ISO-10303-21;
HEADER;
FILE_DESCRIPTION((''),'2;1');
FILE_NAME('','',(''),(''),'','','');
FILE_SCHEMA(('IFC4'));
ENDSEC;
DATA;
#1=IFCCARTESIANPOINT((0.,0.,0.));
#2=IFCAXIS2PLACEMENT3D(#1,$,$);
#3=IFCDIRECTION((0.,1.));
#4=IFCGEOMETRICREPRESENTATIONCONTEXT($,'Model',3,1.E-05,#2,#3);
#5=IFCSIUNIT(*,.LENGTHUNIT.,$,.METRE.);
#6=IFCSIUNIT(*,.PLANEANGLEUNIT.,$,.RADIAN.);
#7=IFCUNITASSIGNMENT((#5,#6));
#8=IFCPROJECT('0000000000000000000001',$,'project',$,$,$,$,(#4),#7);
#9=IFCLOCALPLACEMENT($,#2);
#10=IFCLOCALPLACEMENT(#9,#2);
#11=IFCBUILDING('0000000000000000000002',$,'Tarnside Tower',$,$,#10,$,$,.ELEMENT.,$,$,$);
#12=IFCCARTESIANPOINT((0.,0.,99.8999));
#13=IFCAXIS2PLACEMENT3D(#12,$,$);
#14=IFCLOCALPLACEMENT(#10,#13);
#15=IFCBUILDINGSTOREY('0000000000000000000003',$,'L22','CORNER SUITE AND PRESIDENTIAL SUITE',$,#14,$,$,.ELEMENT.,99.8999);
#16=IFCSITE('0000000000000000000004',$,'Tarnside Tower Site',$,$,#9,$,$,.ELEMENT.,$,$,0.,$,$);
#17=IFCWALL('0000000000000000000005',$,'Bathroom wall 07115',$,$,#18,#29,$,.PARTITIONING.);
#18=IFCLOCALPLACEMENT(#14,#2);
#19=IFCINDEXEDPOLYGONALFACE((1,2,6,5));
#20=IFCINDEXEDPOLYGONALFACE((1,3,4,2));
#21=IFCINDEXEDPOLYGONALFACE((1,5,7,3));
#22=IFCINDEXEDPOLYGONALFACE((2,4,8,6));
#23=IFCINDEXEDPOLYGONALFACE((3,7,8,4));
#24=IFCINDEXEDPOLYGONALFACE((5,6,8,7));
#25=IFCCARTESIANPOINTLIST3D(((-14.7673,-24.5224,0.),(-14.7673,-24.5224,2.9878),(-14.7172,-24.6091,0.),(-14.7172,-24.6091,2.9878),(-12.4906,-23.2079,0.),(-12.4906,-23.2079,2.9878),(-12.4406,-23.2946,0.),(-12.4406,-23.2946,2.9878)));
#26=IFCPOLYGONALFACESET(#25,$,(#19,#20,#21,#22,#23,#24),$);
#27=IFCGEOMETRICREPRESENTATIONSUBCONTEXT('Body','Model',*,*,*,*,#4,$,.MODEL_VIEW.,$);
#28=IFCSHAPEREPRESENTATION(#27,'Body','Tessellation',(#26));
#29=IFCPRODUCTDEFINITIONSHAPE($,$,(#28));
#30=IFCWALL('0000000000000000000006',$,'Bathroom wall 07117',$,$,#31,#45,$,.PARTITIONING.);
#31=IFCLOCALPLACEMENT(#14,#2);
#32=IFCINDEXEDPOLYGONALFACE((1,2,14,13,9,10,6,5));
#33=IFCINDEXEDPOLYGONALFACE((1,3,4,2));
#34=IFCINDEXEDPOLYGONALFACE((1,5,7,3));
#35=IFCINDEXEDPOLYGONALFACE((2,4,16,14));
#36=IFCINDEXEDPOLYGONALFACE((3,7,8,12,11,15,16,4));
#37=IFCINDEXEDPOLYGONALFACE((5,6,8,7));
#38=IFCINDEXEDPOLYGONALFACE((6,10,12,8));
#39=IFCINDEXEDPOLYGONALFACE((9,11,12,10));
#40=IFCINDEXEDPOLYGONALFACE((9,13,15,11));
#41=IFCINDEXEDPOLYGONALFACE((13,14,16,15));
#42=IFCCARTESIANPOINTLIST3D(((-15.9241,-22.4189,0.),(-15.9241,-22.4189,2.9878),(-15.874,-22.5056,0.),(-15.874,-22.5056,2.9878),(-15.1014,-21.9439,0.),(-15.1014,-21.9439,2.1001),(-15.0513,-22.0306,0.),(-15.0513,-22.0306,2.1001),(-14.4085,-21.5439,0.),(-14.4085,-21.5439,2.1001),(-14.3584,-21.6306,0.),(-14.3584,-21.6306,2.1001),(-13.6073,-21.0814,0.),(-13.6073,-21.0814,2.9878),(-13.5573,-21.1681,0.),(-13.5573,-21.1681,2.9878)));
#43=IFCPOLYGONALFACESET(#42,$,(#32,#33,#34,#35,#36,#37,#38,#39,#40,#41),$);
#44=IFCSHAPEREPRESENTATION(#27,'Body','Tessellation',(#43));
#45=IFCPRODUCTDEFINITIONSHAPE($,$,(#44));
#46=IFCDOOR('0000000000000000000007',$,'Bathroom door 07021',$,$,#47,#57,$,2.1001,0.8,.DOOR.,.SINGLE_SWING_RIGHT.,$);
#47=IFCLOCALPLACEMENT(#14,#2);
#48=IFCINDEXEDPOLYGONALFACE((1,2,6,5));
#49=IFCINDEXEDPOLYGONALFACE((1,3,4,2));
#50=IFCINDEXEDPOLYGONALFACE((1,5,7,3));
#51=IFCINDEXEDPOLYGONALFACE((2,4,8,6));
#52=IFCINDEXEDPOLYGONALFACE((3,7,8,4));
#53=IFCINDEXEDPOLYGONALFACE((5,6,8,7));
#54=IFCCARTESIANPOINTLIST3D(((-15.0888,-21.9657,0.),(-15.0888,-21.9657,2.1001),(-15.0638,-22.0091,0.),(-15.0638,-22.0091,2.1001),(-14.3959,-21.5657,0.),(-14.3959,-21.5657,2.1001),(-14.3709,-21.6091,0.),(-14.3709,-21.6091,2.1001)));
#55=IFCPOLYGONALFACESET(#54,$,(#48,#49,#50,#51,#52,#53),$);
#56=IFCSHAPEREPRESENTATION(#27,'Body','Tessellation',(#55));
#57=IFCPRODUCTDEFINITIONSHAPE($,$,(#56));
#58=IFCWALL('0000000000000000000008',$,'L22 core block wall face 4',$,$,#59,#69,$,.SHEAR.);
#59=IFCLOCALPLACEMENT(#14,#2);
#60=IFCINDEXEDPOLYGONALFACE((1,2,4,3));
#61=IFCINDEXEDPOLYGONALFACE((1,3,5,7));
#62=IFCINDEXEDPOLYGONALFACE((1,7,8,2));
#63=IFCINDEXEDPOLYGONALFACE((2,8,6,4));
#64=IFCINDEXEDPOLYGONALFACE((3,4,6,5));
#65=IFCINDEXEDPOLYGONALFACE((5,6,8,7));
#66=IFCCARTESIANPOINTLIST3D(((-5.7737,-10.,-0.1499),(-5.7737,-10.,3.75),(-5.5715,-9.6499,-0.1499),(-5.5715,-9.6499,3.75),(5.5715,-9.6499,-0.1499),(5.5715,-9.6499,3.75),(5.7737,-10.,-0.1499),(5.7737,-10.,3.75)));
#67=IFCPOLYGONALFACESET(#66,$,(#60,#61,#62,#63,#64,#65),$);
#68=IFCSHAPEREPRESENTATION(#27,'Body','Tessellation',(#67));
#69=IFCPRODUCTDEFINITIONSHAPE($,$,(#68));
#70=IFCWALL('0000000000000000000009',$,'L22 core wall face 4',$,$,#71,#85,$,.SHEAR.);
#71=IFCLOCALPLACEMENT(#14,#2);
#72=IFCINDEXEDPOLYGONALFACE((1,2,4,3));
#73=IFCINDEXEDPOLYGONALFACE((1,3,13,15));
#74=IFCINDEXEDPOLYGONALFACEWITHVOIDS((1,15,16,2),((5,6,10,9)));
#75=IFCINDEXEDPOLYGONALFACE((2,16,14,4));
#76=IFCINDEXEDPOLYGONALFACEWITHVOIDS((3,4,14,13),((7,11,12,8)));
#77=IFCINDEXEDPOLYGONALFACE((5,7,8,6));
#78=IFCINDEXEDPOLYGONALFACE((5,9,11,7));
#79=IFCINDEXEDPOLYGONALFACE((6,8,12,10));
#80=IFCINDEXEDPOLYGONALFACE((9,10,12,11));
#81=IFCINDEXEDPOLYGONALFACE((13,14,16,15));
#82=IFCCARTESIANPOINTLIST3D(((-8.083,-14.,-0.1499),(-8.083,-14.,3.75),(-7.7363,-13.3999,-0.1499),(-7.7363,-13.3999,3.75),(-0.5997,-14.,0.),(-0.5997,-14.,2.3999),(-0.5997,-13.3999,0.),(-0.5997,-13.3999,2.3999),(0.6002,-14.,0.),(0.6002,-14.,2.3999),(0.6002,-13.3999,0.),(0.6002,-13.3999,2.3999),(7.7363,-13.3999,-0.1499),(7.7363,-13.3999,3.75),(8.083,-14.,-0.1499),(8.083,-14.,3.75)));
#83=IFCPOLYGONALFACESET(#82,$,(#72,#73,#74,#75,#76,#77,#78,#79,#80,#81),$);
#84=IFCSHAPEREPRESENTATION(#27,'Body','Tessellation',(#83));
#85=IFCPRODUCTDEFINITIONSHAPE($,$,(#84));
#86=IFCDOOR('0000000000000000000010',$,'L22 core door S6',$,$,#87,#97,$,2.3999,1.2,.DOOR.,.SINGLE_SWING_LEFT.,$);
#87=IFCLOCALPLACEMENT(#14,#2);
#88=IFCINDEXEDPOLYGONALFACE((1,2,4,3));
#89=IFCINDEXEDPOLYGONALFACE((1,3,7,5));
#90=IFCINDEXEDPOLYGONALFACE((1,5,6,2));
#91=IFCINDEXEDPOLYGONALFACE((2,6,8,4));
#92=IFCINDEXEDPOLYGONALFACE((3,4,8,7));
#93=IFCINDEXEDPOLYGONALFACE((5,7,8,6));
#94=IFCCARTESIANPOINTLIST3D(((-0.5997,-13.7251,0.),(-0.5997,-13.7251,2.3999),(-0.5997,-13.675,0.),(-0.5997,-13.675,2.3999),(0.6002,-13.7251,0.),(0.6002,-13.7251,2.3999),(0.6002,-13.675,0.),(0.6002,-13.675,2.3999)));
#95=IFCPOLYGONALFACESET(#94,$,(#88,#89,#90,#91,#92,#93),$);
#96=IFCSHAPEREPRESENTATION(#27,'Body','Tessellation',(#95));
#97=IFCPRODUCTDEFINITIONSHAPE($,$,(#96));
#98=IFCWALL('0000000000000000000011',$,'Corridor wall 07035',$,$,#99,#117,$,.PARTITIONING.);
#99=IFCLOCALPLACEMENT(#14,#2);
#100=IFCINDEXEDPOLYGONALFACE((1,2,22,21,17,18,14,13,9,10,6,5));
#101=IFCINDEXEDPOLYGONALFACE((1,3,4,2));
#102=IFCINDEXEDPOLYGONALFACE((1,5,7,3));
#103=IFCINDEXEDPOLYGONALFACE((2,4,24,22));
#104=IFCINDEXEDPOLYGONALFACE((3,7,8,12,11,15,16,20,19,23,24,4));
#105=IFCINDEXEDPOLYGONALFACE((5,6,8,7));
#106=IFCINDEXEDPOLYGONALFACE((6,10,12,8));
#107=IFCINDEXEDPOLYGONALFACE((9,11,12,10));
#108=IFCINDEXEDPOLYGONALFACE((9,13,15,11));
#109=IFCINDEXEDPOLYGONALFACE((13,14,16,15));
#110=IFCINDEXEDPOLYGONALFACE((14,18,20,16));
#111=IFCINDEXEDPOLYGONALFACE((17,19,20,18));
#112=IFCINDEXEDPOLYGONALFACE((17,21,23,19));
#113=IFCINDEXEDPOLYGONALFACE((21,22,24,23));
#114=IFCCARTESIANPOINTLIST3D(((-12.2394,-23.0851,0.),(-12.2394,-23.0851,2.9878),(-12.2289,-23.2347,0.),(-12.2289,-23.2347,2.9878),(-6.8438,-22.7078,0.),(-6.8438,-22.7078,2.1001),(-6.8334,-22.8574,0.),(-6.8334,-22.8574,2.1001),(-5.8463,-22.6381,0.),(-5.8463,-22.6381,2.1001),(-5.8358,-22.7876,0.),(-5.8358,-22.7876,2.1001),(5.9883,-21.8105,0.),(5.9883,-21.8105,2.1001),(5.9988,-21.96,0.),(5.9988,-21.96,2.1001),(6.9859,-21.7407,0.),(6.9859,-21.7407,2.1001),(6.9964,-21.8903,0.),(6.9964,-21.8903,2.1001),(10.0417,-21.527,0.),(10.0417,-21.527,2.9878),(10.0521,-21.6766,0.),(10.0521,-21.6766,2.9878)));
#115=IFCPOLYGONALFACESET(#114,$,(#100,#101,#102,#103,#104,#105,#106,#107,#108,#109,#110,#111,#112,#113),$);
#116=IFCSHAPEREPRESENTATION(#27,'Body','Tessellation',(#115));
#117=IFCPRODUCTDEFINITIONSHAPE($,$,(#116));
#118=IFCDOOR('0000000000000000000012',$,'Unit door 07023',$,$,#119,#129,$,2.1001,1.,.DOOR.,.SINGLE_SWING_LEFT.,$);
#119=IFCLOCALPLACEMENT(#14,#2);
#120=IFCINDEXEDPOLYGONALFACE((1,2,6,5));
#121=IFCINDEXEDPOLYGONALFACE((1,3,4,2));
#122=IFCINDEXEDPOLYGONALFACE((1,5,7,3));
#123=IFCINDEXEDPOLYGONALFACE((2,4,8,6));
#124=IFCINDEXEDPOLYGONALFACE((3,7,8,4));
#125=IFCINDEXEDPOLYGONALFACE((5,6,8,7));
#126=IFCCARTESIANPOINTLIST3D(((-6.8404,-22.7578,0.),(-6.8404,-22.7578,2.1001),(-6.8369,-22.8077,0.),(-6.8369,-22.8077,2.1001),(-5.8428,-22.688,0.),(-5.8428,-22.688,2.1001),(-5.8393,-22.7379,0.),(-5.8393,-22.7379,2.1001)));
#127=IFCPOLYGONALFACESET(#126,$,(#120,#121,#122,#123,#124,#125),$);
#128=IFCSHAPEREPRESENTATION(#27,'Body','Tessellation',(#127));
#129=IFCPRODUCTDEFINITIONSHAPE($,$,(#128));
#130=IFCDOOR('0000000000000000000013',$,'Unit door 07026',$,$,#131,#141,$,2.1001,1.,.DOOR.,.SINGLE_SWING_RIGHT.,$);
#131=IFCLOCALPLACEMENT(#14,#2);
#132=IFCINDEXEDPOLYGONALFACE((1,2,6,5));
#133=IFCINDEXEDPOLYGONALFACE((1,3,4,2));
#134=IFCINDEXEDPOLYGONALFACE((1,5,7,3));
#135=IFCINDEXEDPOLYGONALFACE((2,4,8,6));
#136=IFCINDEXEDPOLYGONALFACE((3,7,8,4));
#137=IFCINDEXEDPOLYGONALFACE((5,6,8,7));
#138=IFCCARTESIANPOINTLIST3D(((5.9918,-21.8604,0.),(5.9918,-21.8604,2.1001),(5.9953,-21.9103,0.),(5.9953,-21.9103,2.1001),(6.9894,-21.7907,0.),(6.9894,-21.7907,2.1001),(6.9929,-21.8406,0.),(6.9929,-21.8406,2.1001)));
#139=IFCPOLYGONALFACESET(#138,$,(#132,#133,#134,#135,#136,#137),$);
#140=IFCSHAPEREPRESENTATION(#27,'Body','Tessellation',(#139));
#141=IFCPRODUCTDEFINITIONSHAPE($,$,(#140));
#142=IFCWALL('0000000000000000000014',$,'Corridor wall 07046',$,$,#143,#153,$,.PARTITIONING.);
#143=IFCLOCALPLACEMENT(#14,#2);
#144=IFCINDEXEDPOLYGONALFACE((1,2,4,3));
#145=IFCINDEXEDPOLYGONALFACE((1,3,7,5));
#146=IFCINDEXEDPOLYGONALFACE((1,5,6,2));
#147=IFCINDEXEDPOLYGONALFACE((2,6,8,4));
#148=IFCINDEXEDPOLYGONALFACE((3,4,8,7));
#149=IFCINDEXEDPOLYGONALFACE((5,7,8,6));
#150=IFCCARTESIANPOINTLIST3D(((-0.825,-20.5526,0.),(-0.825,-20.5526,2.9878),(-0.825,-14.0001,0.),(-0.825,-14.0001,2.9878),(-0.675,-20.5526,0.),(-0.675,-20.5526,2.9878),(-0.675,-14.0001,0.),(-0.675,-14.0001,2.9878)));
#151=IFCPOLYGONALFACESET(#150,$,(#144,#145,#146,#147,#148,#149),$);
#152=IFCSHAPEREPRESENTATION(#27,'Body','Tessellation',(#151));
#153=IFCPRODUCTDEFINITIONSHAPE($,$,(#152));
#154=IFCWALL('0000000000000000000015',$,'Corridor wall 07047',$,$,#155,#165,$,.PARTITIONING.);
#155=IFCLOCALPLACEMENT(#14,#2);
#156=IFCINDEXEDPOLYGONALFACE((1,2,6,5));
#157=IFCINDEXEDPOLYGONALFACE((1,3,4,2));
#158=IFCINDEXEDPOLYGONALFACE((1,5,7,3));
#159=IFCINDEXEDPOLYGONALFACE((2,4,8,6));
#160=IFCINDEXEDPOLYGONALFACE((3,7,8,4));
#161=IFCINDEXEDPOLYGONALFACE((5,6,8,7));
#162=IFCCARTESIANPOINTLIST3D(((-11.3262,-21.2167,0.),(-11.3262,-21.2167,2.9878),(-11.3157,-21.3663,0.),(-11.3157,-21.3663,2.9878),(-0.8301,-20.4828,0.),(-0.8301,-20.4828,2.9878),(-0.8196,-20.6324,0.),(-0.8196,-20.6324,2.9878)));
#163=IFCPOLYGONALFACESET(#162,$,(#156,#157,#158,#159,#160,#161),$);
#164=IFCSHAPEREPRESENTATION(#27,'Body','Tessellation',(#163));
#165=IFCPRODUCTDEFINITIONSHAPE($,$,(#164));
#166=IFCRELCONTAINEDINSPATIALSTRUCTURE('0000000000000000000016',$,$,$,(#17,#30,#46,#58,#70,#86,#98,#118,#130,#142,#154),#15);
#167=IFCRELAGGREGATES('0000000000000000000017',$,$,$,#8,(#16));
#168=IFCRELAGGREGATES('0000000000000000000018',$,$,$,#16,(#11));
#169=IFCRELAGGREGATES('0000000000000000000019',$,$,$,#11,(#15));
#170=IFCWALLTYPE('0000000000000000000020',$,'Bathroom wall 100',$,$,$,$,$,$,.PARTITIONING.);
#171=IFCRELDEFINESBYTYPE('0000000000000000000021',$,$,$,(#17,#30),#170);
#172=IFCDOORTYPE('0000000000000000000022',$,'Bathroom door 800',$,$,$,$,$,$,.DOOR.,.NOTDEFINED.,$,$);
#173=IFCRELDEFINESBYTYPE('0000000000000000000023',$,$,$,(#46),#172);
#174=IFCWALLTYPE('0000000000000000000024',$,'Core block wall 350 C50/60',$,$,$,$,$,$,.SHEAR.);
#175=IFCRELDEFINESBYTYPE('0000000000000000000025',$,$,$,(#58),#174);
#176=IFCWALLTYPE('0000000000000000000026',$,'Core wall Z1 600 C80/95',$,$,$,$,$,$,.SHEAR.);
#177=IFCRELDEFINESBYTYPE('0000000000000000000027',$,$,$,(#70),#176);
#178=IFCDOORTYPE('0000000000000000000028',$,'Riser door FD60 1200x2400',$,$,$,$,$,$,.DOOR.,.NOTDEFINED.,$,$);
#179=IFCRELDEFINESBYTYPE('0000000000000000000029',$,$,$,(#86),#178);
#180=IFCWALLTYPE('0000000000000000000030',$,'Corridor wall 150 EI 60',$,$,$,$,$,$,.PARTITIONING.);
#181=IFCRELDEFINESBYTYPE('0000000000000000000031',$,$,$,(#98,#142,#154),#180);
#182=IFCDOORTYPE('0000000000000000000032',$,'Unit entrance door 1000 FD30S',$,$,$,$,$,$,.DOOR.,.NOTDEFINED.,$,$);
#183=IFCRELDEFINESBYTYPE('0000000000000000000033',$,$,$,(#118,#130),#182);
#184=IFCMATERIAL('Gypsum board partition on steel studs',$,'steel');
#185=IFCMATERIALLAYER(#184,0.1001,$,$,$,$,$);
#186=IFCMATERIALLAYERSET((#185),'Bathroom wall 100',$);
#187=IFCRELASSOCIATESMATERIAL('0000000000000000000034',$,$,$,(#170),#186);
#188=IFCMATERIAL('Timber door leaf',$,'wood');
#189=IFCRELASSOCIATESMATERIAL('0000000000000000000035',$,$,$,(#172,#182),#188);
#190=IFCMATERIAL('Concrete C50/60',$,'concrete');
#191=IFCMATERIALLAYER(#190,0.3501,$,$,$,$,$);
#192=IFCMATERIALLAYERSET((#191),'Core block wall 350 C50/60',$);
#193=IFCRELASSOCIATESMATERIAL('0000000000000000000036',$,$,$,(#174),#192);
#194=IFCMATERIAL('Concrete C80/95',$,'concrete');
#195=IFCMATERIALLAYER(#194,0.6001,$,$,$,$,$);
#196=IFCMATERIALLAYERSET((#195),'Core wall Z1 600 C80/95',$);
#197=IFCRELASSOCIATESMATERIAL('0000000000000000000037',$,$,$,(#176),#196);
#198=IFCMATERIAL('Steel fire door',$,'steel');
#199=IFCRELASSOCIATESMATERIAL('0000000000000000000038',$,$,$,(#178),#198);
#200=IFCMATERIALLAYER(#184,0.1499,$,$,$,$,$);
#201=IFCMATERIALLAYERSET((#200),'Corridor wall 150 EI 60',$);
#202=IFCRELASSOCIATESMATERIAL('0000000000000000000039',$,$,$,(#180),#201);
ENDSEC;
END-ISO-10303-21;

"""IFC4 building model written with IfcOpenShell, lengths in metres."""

from ifc_helpers import new_model, si_unit, direction, frame, frame_2d, origin, place, context, subcontext, project, spatial, polyline, rectangle, outline, extrude, material, layer, layer_set, type_object, element, fill, save


model = new_model("IFC4")

# Units and contexts
model_context = context("Model", 3, precision=1e-05, world=origin(), true_north=direction((0.0, 1.0)))
body_context = subcontext(model_context, "Body", "Model", "MODEL_VIEW")
ifc_project = project(units=[si_unit("LENGTHUNIT", "METRE"), si_unit("PLANEANGLEUNIT", "RADIAN")], contexts=[model_context])

# Site, building, storey
site_placement = place(None, origin())
site = spatial("IfcSite", under=ifc_project, at=site_placement, Name="Tarnside Tower Site", CompositionType="ELEMENT", RefElevation=0.0)
building_placement = place(site_placement, origin())
building = spatial("IfcBuilding", under=site, at=building_placement, Name="Tarnside Tower", CompositionType="ELEMENT")
storey_placement = place(building_placement, frame((0.0, 0.0, 99.8999)))
storey = spatial("IfcBuildingStorey", under=building, at=storey_placement, Name="L22", Description="CORNER SUITE AND PRESIDENTIAL SUITE", CompositionType="ELEMENT", Elevation=99.8999)

# Wall
ifc_material_1 = material(Name="Gypsum board partition on steel studs", Category="steel")
ifc_layer_1 = layer(ifc_material_1, 0.1001)
ifc_layer_set_1 = layer_set([ifc_layer_1], Name="Bathroom wall 100")
wall_type_1 = type_object("IfcWallType", Name="Bathroom wall 100", PredefinedType="PARTITIONING", material=ifc_layer_set_1)
wall_1_placement = place(storey_placement, frame((-12.4656, -23.2512, 0.0), z_axis=(0.0, 0.0, 1.0), x_axis=(-0.866017, -0.500015, 0.0)))
element("IfcWall", 1, at=wall_1_placement, inside=storey, type_object=wall_type_1, Name="Bathroom wall 07115", PredefinedType="PARTITIONING", context=body_context, shape_type="SweptSolid", body=[
    extrude(rectangle(XDim=2.6289, YDim=0.1001, at=frame_2d((1.3145, 0.0))), origin(), (0.0, 0.0, 1.0), 2.9878),
])

# Wall, opening, door
wall_2_placement = place(storey_placement, frame((-15.8989, -22.4622, 0.0), z_axis=(0.0, 0.0, 1.0), x_axis=(0.866044, 0.499967, 0.0)))
wall_2 = element("IfcWall", 2, at=wall_2_placement, inside=storey, type_object=wall_type_1, Name="Bathroom wall 07117", PredefinedType="PARTITIONING", context=body_context, shape_type="SweptSolid", body=[
    extrude(rectangle(XDim=2.675, YDim=0.1001, at=frame_2d((1.3374, 0.0))), origin(), (0.0, 0.0, 1.0), 2.9878),
])
opening_1_placement = place(wall_2_placement, frame((0.95, 0.0, 0.0)))
opening_1 = element("IfcOpeningElement", 3, at=opening_1_placement, cuts=wall_2, PredefinedType="OPENING", context=body_context, shape_type="SweptSolid", body=[
    extrude(rectangle(XDim=0.8, YDim=2.1001, at=frame_2d((0.3999, 1.05))), frame((0.0, 0.0601, 0.0), z_axis=(0.0, -1.0, 0.0), x_axis=(1.0, 0.0, 0.0)), (0.0, 0.0, 1.0), 0.1201),
])
ifc_material_2 = material(Name="Timber door leaf", Category="wood")
door_type_1 = type_object("IfcDoorType", Name="Bathroom door 800", OperationType="NOTDEFINED", PredefinedType="DOOR", material=ifc_material_2)
door_1_placement = place(opening_1_placement, origin())
door_1 = element("IfcDoor", 4, at=door_1_placement, inside=storey, type_object=door_type_1, Name="Bathroom door 07021", OperationType="SINGLE_SWING_RIGHT", OverallHeight=2.1001, OverallWidth=0.8, PredefinedType="DOOR", context=body_context, shape_type="SweptSolid", body=[
    extrude(rectangle(XDim=0.8, YDim=2.1001, at=frame_2d((0.3999, 1.05))), frame((0.0, 0.0249, 0.0), z_axis=(0.0, -1.0, 0.0), x_axis=(1.0, 0.0, 0.0)), (0.0, 0.0, 1.0), 0.05),
])
fill(opening_1, door_1)

# Wall
ifc_material_3 = material(Name="Concrete C50/60", Category="concrete")
ifc_layer_2 = layer(ifc_material_3, 0.3501)
ifc_layer_set_2 = layer_set([ifc_layer_2], Name="Core block wall 350 C50/60")
wall_type_2 = type_object("IfcWallType", Name="Core block wall 350 C50/60", PredefinedType="SHEAR", material=ifc_layer_set_2)
wall_3_placement = place(storey_placement, frame((-5.6726, -9.825, -0.1499), z_axis=(0.0, 0.0, 1.0), x_axis=(1.0, 0.0, 0.0)))
element("IfcWall", 5, at=wall_3_placement, inside=storey, type_object=wall_type_2, Name="L22 core block wall face 4", PredefinedType="SHEAR", context=body_context, shape_type="SweptSolid", body=[
    extrude(outline(polyline([(-0.1011, -0.175), (11.4463, -0.175), (11.2441, 0.175), (0.1011, 0.175), (-0.1011, -0.175)])), origin(), (0.0, 0.0, 1.0), 3.8999),
])

# Wall, opening, door
ifc_material_4 = material(Name="Concrete C80/95", Category="concrete")
ifc_layer_3 = layer(ifc_material_4, 0.6001)
ifc_layer_set_3 = layer_set([ifc_layer_3], Name="Core wall Z1 600 C80/95")
wall_type_3 = type_object("IfcWallType", Name="Core wall Z1 600 C80/95", PredefinedType="SHEAR", material=ifc_layer_set_3)
wall_4_placement = place(storey_placement, frame((-7.9097, -13.7, -0.1499), z_axis=(0.0, 0.0, 1.0), x_axis=(1.0, 0.0, 0.0)))
wall_4 = element("IfcWall", 6, at=wall_4_placement, inside=storey, type_object=wall_type_3, Name="L22 core wall face 4", PredefinedType="SHEAR", context=body_context, shape_type="SweptSolid", body=[
    extrude(outline(polyline([(-0.1733, -0.3), (15.9927, -0.3), (15.646, 0.3), (0.1733, 0.3), (-0.1733, -0.3)])), origin(), (0.0, 0.0, 1.0), 3.8999),
])
opening_2_placement = place(wall_4_placement, frame((7.3098, 0.0, 0.1499)))
opening_2 = element("IfcOpeningElement", 7, at=opening_2_placement, cuts=wall_4, PredefinedType="OPENING", context=body_context, shape_type="SweptSolid", body=[
    extrude(rectangle(XDim=1.2, YDim=2.3999, at=frame_2d((0.6001, 1.2))), frame((0.0, 0.3101, 0.0), z_axis=(0.0, -1.0, 0.0), x_axis=(1.0, 0.0, 0.0)), (0.0, 0.0, 1.0), 0.6201),
])
ifc_material_5 = material(Name="Steel fire door", Category="steel")
door_type_2 = type_object("IfcDoorType", Name="Riser door FD60 1200x2400", OperationType="NOTDEFINED", PredefinedType="DOOR", material=ifc_material_5)
door_2_placement = place(opening_2_placement, origin())
door_2 = element("IfcDoor", 8, at=door_2_placement, inside=storey, type_object=door_type_2, Name="L22 core door S6", OperationType="SINGLE_SWING_LEFT", OverallHeight=2.3999, OverallWidth=1.2, PredefinedType="DOOR", context=body_context, shape_type="SweptSolid", body=[
    extrude(rectangle(XDim=1.2, YDim=2.3999, at=frame_2d((0.6001, 1.2))), frame((0.0, 0.0249, 0.0), z_axis=(0.0, -1.0, 0.0), x_axis=(1.0, 0.0, 0.0)), (0.0, 0.0, 1.0), 0.05),
])
fill(opening_2, door_2)

# Wall, openings, doors
ifc_layer_4 = layer(ifc_material_1, 0.1499)
ifc_layer_set_4 = layer_set([ifc_layer_4], Name="Corridor wall 150 EI 60")
wall_type_4 = type_object("IfcWallType", Name="Corridor wall 150 EI 60", PredefinedType="PARTITIONING", material=ifc_layer_set_4)
wall_5_placement = place(storey_placement, frame((-12.2341, -23.1599, 0.0), z_axis=(0.0, 0.0, 1.0), x_axis=(0.997564, 0.069759, 0.0)))
wall_5 = element("IfcWall", 9, at=wall_5_placement, inside=storey, type_object=wall_type_4, Name="Corridor wall 07035", PredefinedType="PARTITIONING", context=body_context, shape_type="SweptSolid", body=[
    extrude(rectangle(XDim=22.3354, YDim=0.1499, at=frame_2d((11.1677, 0.0))), origin(), (0.0, 0.0, 1.0), 2.9878),
])
opening_3_placement = place(wall_5_placement, frame((5.4087, 0.0, 0.0)))
opening_3 = element("IfcOpeningElement", 10, at=opening_3_placement, cuts=wall_5, PredefinedType="OPENING", context=body_context, shape_type="SweptSolid", body=[
    extrude(rectangle(XDim=1.0, YDim=2.1001, at=frame_2d((0.5, 1.05))), frame((0.0, 0.085, 0.0), z_axis=(0.0, -1.0, 0.0), x_axis=(1.0, 0.0, 0.0)), (0.0, 0.0, 1.0), 0.1699),
])
opening_4_placement = place(wall_5_placement, frame((18.2722, 0.0, 0.0)))
opening_4 = element("IfcOpeningElement", 11, at=opening_4_placement, cuts=wall_5, PredefinedType="OPENING", context=body_context, shape_type="SweptSolid", body=[
    extrude(rectangle(XDim=1.0, YDim=2.1001, at=frame_2d((0.5, 1.05))), frame((0.0, 0.085, 0.0), z_axis=(0.0, -1.0, 0.0), x_axis=(1.0, 0.0, 0.0)), (0.0, 0.0, 1.0), 0.1699),
])
door_type_3 = type_object("IfcDoorType", Name="Unit entrance door 1000 FD30S", OperationType="NOTDEFINED", PredefinedType="DOOR", material=ifc_material_2)
door_3_placement = place(opening_3_placement, origin())
door_3 = element("IfcDoor", 12, at=door_3_placement, inside=storey, type_object=door_type_3, Name="Unit door 07023", OperationType="SINGLE_SWING_LEFT", OverallHeight=2.1001, OverallWidth=1.0, PredefinedType="DOOR", context=body_context, shape_type="SweptSolid", body=[
    extrude(rectangle(XDim=1.0, YDim=2.1001, at=frame_2d((0.5, 1.05))), frame((0.0, 0.0249, 0.0), z_axis=(0.0, -1.0, 0.0), x_axis=(1.0, 0.0, 0.0)), (0.0, 0.0, 1.0), 0.05),
])
fill(opening_3, door_3)
door_4_placement = place(opening_4_placement, origin())
door_4 = element("IfcDoor", 13, at=door_4_placement, inside=storey, type_object=door_type_3, Name="Unit door 07026", OperationType="SINGLE_SWING_RIGHT", OverallHeight=2.1001, OverallWidth=1.0, PredefinedType="DOOR", context=body_context, shape_type="SweptSolid", body=[
    extrude(rectangle(XDim=1.0, YDim=2.1001, at=frame_2d((0.5, 1.05))), frame((0.0, 0.0249, 0.0), z_axis=(0.0, -1.0, 0.0), x_axis=(1.0, 0.0, 0.0)), (0.0, 0.0, 1.0), 0.05),
])
fill(opening_4, door_4)

# Walls
wall_6_placement = place(storey_placement, frame((-0.75, -14.0, 0.0), z_axis=(0.0, 0.0, 1.0), x_axis=(0.0, -1.0, 0.0)))
element("IfcWall", 14, at=wall_6_placement, inside=storey, type_object=wall_type_4, Name="Corridor wall 07046", PredefinedType="PARTITIONING", context=body_context, shape_type="SweptSolid", body=[
    extrude(rectangle(XDim=6.5525, YDim=0.1499, at=frame_2d((3.2764, 0.0))), origin(), (0.0, 0.0, 1.0), 2.9878),
])
wall_7_placement = place(storey_placement, frame((-0.825, -20.5576, 0.0), z_axis=(0.0, 0.0, 1.0), x_axis=(-0.997565, -0.06975, 0.0)))
element("IfcWall", 15, at=wall_7_placement, inside=storey, type_object=wall_type_4, Name="Corridor wall 07047", PredefinedType="PARTITIONING", context=body_context, shape_type="SweptSolid", body=[
    extrude(rectangle(XDim=10.5217, YDim=0.1499, at=frame_2d((5.2607, 0.0))), origin(), (0.0, 0.0, 1.0), 2.9878),
])

save(model, "model.ifc")
